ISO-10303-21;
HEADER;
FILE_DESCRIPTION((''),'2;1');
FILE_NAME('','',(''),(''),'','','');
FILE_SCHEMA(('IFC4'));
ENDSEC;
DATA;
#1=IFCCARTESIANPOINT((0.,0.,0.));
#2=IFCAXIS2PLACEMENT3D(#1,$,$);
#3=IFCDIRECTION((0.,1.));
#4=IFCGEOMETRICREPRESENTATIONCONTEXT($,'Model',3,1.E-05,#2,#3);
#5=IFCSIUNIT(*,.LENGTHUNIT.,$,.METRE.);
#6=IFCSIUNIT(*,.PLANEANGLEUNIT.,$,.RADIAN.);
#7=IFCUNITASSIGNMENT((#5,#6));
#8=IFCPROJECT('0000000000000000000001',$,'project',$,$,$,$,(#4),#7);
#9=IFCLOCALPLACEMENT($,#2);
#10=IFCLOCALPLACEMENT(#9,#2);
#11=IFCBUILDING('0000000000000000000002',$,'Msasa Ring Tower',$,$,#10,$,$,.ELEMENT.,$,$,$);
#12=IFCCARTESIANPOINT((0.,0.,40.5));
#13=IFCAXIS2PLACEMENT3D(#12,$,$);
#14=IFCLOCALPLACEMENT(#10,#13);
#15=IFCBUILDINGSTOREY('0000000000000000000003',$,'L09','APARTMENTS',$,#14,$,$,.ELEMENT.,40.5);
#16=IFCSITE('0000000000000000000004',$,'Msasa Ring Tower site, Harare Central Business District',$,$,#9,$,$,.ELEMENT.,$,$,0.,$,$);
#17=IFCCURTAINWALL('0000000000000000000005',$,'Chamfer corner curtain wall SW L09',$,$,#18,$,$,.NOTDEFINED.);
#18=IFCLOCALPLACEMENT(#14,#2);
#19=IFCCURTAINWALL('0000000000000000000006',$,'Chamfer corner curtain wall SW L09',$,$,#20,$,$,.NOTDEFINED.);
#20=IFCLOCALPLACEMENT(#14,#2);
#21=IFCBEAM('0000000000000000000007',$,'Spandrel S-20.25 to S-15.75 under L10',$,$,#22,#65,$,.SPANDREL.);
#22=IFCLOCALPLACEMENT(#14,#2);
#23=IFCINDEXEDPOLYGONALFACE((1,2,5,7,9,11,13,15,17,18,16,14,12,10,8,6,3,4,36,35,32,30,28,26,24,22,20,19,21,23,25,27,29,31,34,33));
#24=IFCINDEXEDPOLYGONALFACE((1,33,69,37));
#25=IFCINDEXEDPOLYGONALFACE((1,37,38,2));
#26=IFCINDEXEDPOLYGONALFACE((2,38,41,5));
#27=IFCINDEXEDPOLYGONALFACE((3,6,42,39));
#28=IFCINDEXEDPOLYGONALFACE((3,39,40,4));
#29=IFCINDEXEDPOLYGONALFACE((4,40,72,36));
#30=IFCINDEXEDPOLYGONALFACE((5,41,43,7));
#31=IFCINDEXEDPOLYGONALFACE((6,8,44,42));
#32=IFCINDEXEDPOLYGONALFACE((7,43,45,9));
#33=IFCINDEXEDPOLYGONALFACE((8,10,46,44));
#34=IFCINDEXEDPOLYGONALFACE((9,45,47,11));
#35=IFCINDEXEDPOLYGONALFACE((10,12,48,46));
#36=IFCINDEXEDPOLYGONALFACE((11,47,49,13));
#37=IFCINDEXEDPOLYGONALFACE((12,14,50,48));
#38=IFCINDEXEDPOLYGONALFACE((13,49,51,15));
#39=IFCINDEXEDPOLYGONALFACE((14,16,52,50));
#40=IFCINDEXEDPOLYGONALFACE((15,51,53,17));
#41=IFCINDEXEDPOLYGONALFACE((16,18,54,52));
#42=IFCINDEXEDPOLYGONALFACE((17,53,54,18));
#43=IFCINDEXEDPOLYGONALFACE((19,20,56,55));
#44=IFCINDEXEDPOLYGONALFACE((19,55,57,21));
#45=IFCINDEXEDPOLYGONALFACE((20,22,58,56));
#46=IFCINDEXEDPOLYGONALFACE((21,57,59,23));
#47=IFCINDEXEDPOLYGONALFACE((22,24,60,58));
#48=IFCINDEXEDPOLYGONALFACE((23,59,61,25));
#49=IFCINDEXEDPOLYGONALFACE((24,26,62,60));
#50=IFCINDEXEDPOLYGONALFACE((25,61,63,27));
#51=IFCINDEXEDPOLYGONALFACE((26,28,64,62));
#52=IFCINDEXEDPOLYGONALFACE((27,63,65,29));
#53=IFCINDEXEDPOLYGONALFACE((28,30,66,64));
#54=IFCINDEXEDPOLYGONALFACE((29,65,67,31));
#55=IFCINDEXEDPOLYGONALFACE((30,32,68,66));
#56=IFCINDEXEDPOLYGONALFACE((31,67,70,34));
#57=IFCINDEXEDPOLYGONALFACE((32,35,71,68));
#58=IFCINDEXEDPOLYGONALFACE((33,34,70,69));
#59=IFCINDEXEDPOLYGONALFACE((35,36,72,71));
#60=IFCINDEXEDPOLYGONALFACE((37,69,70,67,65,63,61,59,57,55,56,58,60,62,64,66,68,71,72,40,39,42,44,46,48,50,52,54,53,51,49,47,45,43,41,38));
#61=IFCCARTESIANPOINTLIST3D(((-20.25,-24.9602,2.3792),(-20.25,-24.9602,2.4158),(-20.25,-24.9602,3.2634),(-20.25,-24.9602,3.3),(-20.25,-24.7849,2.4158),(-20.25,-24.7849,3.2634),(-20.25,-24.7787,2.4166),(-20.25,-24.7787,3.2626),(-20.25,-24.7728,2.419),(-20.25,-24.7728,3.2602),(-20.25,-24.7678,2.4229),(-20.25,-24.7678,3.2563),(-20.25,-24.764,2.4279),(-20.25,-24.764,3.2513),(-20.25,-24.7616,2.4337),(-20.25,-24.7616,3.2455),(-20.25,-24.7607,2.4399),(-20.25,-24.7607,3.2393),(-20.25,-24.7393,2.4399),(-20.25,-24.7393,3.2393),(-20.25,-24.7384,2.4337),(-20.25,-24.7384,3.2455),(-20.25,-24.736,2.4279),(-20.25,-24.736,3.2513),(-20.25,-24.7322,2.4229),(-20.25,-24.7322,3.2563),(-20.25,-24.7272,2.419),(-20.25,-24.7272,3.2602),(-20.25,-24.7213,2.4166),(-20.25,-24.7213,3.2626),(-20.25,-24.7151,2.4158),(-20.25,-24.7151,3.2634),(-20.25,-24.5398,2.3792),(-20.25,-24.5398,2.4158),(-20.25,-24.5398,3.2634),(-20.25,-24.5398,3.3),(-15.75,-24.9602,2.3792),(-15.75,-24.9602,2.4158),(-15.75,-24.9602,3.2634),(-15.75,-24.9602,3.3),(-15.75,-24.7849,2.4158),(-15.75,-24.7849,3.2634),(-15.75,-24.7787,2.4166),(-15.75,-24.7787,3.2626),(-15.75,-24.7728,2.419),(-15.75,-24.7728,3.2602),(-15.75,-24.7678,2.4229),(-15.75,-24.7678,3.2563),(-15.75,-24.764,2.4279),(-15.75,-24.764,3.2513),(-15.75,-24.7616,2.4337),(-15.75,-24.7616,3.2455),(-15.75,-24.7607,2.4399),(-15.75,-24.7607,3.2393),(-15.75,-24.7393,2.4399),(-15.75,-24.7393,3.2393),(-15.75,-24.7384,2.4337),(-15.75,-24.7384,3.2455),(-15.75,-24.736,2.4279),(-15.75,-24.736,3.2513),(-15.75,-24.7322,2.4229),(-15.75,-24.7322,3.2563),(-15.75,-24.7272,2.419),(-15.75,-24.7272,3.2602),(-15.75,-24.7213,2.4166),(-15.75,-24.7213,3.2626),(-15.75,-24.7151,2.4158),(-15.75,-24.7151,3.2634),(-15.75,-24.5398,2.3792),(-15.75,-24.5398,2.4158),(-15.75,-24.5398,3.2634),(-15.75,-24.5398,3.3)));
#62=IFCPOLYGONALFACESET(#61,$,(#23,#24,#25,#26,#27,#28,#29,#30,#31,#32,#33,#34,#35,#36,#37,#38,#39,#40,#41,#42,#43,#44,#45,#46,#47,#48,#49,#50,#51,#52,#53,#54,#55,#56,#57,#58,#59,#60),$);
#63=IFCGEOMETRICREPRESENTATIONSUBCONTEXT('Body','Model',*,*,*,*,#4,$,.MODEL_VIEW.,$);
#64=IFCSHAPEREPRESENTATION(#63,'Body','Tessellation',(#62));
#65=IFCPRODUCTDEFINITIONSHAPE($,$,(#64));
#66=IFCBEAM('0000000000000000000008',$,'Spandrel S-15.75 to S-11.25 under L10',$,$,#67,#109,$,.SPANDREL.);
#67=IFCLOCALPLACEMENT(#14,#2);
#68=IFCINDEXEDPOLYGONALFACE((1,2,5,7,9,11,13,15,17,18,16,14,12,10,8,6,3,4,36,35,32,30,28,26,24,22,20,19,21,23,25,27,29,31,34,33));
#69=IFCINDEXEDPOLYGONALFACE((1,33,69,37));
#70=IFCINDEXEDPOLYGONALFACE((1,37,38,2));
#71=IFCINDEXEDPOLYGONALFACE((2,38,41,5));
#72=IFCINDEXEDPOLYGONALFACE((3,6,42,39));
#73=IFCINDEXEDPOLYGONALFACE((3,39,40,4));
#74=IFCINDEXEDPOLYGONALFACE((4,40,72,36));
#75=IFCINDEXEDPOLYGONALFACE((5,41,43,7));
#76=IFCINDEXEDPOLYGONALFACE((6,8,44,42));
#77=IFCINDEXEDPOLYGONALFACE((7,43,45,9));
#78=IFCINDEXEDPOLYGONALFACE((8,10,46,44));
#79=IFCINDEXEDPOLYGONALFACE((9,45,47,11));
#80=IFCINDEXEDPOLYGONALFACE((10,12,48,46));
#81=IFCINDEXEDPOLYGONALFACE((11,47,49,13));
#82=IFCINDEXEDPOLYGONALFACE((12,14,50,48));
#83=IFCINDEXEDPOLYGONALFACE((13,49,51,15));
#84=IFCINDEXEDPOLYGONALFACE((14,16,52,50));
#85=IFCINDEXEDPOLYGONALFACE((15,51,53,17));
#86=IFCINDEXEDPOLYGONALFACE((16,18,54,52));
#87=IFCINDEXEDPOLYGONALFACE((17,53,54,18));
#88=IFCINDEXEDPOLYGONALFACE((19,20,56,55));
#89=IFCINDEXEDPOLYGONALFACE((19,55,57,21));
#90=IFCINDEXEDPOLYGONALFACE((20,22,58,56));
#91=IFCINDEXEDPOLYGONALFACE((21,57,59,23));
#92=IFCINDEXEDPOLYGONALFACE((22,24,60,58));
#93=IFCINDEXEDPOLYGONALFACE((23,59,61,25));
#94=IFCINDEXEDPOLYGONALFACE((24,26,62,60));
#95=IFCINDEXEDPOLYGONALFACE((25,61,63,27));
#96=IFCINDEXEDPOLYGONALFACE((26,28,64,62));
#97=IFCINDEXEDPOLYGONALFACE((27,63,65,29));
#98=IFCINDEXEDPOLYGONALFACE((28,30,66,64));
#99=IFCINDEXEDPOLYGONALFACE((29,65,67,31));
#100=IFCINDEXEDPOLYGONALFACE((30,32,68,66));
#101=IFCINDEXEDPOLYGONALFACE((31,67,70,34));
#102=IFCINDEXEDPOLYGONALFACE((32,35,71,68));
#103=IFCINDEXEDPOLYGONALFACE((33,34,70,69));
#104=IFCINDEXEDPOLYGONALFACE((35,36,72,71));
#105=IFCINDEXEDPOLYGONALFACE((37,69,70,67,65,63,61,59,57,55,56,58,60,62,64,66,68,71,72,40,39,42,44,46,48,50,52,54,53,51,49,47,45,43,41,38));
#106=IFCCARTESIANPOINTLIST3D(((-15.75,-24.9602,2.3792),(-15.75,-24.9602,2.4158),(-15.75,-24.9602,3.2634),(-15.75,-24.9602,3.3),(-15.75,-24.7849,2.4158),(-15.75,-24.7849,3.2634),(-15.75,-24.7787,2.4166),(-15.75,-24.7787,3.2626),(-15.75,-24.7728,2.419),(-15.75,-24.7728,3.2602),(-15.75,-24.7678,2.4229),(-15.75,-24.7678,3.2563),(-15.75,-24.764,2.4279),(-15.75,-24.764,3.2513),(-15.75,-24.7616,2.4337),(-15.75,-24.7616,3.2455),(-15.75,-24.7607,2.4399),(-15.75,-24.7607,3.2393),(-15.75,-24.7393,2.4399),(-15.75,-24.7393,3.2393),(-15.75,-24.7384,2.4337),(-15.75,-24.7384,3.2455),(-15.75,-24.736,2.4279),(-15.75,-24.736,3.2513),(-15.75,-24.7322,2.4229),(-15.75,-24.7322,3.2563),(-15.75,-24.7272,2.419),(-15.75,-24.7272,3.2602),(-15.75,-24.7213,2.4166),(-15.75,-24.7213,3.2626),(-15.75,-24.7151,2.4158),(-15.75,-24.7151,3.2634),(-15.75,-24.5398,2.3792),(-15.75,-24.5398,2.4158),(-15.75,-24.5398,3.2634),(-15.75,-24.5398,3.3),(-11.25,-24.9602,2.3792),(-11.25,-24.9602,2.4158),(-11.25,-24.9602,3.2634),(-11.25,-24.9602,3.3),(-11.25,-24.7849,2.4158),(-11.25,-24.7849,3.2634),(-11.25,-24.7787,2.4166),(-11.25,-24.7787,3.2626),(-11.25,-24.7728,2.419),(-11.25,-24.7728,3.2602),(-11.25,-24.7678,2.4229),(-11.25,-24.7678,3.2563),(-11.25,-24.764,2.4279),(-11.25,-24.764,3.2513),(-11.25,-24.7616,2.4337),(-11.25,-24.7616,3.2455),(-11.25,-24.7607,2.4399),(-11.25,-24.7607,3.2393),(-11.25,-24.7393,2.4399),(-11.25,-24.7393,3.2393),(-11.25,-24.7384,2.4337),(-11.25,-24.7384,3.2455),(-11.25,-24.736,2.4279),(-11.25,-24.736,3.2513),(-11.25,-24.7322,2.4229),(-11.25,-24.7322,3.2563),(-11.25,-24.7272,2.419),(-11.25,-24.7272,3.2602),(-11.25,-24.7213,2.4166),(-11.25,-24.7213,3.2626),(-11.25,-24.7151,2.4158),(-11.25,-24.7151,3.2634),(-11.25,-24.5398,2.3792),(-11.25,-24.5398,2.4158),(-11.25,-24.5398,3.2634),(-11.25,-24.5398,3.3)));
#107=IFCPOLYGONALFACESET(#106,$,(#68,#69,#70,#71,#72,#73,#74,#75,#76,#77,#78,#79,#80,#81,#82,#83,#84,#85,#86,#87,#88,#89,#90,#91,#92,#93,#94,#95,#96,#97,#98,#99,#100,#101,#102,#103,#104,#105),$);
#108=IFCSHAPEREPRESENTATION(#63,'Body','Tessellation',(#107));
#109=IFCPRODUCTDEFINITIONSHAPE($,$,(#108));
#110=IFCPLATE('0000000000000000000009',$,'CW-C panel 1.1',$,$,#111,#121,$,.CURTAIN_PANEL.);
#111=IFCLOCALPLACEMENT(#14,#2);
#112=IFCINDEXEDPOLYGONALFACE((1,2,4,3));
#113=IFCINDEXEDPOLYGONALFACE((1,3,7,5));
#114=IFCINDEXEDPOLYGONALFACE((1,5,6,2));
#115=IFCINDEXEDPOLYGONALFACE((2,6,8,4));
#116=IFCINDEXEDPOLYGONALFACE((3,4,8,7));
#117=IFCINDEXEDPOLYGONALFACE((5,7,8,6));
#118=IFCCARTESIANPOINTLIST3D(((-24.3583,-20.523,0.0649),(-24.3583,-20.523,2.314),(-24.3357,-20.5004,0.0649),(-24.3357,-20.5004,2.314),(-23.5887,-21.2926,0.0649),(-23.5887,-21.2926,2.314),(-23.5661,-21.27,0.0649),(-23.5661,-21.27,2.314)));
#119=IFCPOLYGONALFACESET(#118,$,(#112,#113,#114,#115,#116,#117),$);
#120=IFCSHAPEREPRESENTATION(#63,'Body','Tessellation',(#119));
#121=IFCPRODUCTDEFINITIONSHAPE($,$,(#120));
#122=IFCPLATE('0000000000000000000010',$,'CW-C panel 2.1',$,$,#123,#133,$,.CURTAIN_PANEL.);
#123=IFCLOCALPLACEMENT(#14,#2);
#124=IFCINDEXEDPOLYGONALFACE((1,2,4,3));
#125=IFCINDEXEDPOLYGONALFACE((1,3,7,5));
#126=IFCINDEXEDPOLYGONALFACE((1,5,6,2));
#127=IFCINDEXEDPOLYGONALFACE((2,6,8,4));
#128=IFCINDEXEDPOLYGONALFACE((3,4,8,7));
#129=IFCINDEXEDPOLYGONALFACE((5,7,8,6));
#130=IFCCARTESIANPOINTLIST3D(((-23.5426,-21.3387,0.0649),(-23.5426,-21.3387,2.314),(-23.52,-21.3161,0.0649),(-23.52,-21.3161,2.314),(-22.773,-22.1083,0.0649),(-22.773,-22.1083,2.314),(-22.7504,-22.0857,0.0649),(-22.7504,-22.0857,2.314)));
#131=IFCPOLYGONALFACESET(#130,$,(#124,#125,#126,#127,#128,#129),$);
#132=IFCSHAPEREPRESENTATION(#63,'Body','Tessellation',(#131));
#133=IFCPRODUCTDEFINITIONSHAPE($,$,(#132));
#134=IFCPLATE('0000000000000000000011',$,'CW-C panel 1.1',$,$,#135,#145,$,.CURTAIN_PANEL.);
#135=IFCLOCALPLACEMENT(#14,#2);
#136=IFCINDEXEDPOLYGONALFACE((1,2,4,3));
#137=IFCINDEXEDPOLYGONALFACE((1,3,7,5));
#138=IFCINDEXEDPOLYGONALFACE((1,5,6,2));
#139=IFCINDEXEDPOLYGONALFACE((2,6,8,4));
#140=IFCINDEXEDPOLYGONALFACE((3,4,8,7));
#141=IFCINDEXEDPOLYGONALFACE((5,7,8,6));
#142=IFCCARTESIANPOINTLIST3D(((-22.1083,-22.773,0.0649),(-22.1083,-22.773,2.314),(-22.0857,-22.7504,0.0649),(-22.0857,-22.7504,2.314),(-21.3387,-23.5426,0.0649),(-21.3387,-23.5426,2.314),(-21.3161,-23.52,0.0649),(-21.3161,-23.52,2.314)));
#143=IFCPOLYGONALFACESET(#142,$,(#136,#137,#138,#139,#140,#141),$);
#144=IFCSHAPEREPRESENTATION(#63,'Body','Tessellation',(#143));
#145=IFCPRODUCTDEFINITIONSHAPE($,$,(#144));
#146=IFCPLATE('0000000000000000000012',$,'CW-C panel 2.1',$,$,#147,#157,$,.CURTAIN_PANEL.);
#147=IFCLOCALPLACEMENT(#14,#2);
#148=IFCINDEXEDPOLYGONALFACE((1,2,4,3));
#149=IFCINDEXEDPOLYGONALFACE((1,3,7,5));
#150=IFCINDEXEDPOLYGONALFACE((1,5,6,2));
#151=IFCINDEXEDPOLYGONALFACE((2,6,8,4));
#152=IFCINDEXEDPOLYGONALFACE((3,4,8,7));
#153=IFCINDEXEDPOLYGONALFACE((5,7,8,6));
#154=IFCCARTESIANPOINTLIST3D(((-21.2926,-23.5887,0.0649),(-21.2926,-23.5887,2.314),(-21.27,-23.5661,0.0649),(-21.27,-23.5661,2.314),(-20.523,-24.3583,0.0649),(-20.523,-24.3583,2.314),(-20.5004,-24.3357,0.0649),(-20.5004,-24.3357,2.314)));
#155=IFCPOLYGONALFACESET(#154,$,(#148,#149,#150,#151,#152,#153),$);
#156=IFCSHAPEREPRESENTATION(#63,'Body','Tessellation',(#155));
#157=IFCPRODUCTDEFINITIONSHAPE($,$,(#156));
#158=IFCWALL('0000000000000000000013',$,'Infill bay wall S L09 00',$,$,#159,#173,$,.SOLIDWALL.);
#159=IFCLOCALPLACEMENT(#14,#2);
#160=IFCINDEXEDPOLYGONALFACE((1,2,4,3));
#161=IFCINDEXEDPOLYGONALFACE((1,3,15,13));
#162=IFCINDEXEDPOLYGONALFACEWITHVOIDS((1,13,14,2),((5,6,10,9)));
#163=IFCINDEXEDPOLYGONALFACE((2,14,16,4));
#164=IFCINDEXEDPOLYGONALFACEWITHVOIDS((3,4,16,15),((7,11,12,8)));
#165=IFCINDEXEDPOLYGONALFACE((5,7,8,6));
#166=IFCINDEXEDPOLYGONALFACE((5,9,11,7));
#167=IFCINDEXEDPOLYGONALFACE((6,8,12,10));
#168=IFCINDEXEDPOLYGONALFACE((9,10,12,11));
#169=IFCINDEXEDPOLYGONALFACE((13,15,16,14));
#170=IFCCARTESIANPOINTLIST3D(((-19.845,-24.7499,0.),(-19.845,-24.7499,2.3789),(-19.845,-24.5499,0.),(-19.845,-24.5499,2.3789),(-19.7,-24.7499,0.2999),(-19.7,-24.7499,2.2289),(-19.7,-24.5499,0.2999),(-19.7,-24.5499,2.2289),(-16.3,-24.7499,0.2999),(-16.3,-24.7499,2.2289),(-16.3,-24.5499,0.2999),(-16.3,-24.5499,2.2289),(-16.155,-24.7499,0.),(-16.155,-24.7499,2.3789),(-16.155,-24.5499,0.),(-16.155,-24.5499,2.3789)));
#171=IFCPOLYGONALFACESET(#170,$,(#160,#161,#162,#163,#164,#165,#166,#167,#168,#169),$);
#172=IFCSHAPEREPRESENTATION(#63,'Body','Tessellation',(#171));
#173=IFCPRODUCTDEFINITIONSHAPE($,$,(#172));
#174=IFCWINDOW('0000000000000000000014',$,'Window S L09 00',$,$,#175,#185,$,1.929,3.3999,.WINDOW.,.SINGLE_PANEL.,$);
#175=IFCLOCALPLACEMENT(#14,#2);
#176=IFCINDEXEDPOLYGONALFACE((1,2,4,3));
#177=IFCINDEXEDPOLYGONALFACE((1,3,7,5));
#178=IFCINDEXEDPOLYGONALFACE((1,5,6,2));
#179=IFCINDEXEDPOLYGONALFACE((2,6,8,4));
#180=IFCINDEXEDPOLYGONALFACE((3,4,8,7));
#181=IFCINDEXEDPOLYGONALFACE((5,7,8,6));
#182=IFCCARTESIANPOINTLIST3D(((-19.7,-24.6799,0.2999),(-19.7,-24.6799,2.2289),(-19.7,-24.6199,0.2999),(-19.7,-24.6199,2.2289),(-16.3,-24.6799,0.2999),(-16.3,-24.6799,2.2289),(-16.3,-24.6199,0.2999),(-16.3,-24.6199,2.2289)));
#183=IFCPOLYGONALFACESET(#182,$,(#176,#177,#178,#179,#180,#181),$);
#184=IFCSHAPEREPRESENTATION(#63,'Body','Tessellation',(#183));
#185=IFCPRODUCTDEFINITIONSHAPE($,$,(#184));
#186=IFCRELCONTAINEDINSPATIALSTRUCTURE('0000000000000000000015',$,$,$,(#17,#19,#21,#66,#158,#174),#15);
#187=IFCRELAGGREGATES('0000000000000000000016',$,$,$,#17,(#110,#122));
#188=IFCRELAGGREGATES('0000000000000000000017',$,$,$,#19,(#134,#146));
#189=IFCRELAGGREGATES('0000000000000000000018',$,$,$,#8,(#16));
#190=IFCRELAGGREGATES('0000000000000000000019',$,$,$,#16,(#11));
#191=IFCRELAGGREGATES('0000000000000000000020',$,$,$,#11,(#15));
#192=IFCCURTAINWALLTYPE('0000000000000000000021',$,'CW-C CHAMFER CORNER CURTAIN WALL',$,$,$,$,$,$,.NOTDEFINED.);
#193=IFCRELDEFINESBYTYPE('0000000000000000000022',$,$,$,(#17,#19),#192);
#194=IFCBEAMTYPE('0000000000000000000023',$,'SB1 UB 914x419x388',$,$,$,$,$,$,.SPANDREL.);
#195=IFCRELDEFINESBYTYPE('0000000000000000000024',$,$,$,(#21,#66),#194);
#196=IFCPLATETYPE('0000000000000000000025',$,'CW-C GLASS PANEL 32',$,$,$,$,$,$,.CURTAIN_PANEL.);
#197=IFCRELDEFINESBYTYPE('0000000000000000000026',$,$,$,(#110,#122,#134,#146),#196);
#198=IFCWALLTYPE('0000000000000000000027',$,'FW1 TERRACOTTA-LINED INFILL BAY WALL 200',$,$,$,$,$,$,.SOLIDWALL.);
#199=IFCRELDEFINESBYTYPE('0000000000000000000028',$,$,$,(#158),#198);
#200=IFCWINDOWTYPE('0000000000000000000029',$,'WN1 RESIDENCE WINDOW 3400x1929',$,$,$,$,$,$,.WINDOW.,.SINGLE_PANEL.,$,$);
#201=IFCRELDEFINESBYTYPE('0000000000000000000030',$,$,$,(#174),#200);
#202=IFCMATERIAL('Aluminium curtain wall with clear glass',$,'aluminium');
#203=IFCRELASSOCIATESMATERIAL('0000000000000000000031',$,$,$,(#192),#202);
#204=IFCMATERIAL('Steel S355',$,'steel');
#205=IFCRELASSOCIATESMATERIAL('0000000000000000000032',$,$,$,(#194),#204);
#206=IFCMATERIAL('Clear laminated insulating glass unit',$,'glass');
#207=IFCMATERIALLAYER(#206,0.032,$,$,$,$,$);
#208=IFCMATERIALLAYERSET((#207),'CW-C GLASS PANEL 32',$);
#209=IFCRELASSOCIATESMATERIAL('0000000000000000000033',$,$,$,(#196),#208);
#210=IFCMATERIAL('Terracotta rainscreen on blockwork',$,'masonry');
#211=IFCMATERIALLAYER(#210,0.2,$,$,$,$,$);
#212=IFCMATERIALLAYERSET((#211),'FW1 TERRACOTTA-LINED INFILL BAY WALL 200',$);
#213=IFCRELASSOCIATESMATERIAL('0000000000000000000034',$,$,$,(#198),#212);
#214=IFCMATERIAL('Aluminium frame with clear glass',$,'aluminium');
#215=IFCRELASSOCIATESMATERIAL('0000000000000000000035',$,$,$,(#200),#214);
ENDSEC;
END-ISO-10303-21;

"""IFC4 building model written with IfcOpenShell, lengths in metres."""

from ifc_helpers import new_model, si_unit, direction, frame, frame_2d, origin, origin_2d, place, context, subcontext, project, spatial, rectangle, i_section, extrude, material, layer, layer_set, material_profile, profile_set, type_object, element, fill, aggregate, save


model = new_model("IFC4")

# Units and contexts
model_context = context("Model", 3, precision=1e-05, world=origin(), true_north=direction((0.0, 1.0)))
body_context = subcontext(model_context, "Body", "Model", "MODEL_VIEW")
ifc_project = project(units=[si_unit("LENGTHUNIT", "METRE"), si_unit("PLANEANGLEUNIT", "RADIAN")], contexts=[model_context])

# Site, building, storey
site_placement = place(None, origin())
site = spatial("IfcSite", under=ifc_project, at=site_placement, Name="Msasa Ring Tower site, Harare Central Business District", CompositionType="ELEMENT", RefElevation=0.0)
building_placement = place(site_placement, origin())
building = spatial("IfcBuilding", under=site, at=building_placement, Name="Msasa Ring Tower", CompositionType="ELEMENT")
storey_placement = place(building_placement, frame((0.0, 0.0, 40.5)))
storey = spatial("IfcBuildingStorey", under=building, at=storey_placement, Name="L09", Description="APARTMENTS", CompositionType="ELEMENT", Elevation=40.5)

# Curtain walls
ifc_material_1 = material(Name="Aluminium curtain wall with clear glass", Category="aluminium")
curtain_wall_type = type_object("IfcCurtainWallType", Name="CW-C CHAMFER CORNER CURTAIN WALL", PredefinedType="NOTDEFINED", material=ifc_material_1)
curtain_wall_1_placement = place(storey_placement, origin())
curtain_wall_1 = element("IfcCurtainWall", 1, at=curtain_wall_1_placement, inside=storey, type_object=curtain_wall_type, Name="Chamfer corner curtain wall SW L09", PredefinedType="NOTDEFINED")
curtain_wall_2_placement = place(storey_placement, origin())
curtain_wall_2 = element("IfcCurtainWall", 2, at=curtain_wall_2_placement, inside=storey, type_object=curtain_wall_type, Name="Chamfer corner curtain wall SW L09", PredefinedType="NOTDEFINED")

# Beams
ifc_material_2 = material(Name="Steel S355", Category="steel")
ifc_material_profile_1 = material_profile(ifc_material_2, i_section(OverallWidth=0.4204, OverallDepth=0.9209, WebThickness=0.0215, FlangeThickness=0.0366, FilletRadius=0.0242, at=origin_2d()), Name="UB 914x419x388")
ifc_profile_set_1 = profile_set([ifc_material_profile_1], Name="Steel S355")
beam_type_1 = type_object("IfcBeamType", Name="SB1 UB 914x419x388", PredefinedType="SPANDREL", material=ifc_profile_set_1)
for number, where, z_axis, x_axis, name in (
    (3, (-20.25, -24.75, 2.8396), (1.0, 0.0, 0.0), (0.0, 1.0, 0.0), "Spandrel S-20.25 to S-15.75 under L10"),
    (4, (-15.75, -24.75, 2.8396), (1.0, 0.0, 0.0), (0.0, 1.0, 0.0), "Spandrel S-15.75 to S-11.25 under L10"),
):
    element("IfcBeam", number, at=place(storey_placement, frame(where, z_axis=z_axis, x_axis=x_axis)), inside=storey, type_object=beam_type_1, Name=name, PredefinedType="SPANDREL", context=body_context, shape_type="SweptSolid", body=[
        extrude(i_section(OverallWidth=0.4204, OverallDepth=0.9209, WebThickness=0.0215, FlangeThickness=0.0366, FilletRadius=0.0242, at=origin_2d()), origin(), (0.0, 0.0, 1.0), 4.5),
    ])

# Plates
ifc_material_3 = material(Name="Clear laminated insulating glass unit", Category="glass")
ifc_layer_1 = layer(ifc_material_3, 0.032)
ifc_layer_set_1 = layer_set([ifc_layer_1], Name="CW-C GLASS PANEL 32")
plate_type = type_object("IfcPlateType", Name="CW-C GLASS PANEL 32", PredefinedType="CURTAIN_PANEL", material=ifc_layer_set_1)
plate_1_placement = place(storey_placement, frame((-23.9622, -20.8965, 0.0649), z_axis=(0.0, 0.0, 1.0), x_axis=(0.707107, -0.707107, 0.0)))
plate_1 = element("IfcPlate", 5, at=plate_1_placement, type_object=plate_type, Name="CW-C panel 1.1", PredefinedType="CURTAIN_PANEL", context=body_context, shape_type="SweptSolid", body=[
    extrude(rectangle(XDim=1.0884, YDim=0.032, at=origin_2d()), origin(), (0.0, 0.0, 1.0), 2.249),
])
plate_2_placement = place(storey_placement, frame((-23.1465, -21.7122, 0.0649), z_axis=(0.0, 0.0, 1.0), x_axis=(0.707107, -0.707107, 0.0)))
plate_2 = element("IfcPlate", 6, at=plate_2_placement, type_object=plate_type, Name="CW-C panel 2.1", PredefinedType="CURTAIN_PANEL", context=body_context, shape_type="SweptSolid", body=[
    extrude(rectangle(XDim=1.0884, YDim=0.032, at=origin_2d()), origin(), (0.0, 0.0, 1.0), 2.249),
])
aggregate(curtain_wall_1, [plate_1, plate_2])
plate_3_placement = place(storey_placement, frame((-21.7122, -23.1465, 0.0649), z_axis=(0.0, 0.0, 1.0), x_axis=(0.707107, -0.707107, 0.0)))
plate_3 = element("IfcPlate", 7, at=plate_3_placement, type_object=plate_type, Name="CW-C panel 1.1", PredefinedType="CURTAIN_PANEL", context=body_context, shape_type="SweptSolid", body=[
    extrude(rectangle(XDim=1.0884, YDim=0.032, at=origin_2d()), origin(), (0.0, 0.0, 1.0), 2.249),
])
plate_4_placement = place(storey_placement, frame((-20.8965, -23.9622, 0.0649), z_axis=(0.0, 0.0, 1.0), x_axis=(0.707107, -0.707107, 0.0)))
plate_4 = element("IfcPlate", 8, at=plate_4_placement, type_object=plate_type, Name="CW-C panel 2.1", PredefinedType="CURTAIN_PANEL", context=body_context, shape_type="SweptSolid", body=[
    extrude(rectangle(XDim=1.0884, YDim=0.032, at=origin_2d()), origin(), (0.0, 0.0, 1.0), 2.249),
])
aggregate(curtain_wall_2, [plate_3, plate_4])

# Wall, opening, window
ifc_material_4 = material(Name="Terracotta rainscreen on blockwork", Category="masonry")
ifc_layer_2 = layer(ifc_material_4, 0.2)
ifc_layer_set_2 = layer_set([ifc_layer_2], Name="FW1 TERRACOTTA-LINED INFILL BAY WALL 200")
wall_type_1 = type_object("IfcWallType", Name="FW1 TERRACOTTA-LINED INFILL BAY WALL 200", PredefinedType="SOLIDWALL", material=ifc_layer_set_2)
wall_1_placement = place(storey_placement, frame((-19.845, -24.6499, 0.0), z_axis=(0.0, 0.0, 1.0), x_axis=(1.0, 0.0, 0.0)))
wall_1 = element("IfcWall", 9, at=wall_1_placement, inside=storey, type_object=wall_type_1, Name="Infill bay wall S L09 00", PredefinedType="SOLIDWALL", context=body_context, shape_type="SweptSolid", body=[
    extrude(rectangle(XDim=3.6899, YDim=0.2, at=frame_2d((1.845, 0.0))), origin(), (0.0, 0.0, 1.0), 2.3789),
])
opening_1_placement = place(wall_1_placement, frame((0.145, 0.0, 0.3)))
opening_1 = element("IfcOpeningElement", 10, at=opening_1_placement, cuts=wall_1, PredefinedType="OPENING", context=body_context, shape_type="SweptSolid", body=[
    extrude(rectangle(XDim=3.3999, YDim=1.929, at=frame_2d((1.7, 0.9644))), frame((0.0, 0.1099, 0.0), z_axis=(0.0, -1.0, 0.0), x_axis=(1.0, 0.0, 0.0)), (0.0, 0.0, 1.0), 0.22),
])
ifc_material_5 = material(Name="Aluminium frame with clear glass", Category="aluminium")
window_type = type_object("IfcWindowType", Name="WN1 RESIDENCE WINDOW 3400x1929", PartitioningType="SINGLE_PANEL", PredefinedType="WINDOW", material=ifc_material_5)
window_1_placement = place(opening_1_placement, origin())
window_1 = element("IfcWindow", 11, at=window_1_placement, inside=storey, type_object=window_type, Name="Window S L09 00", OverallHeight=1.929, OverallWidth=3.3999, PartitioningType="SINGLE_PANEL", PredefinedType="WINDOW", context=body_context, shape_type="SweptSolid", body=[
    extrude(rectangle(XDim=3.3999, YDim=1.929, at=frame_2d((1.7, 0.9644))), frame((0.0, 0.03, 0.0), z_axis=(0.0, -1.0, 0.0), x_axis=(1.0, 0.0, 0.0)), (0.0, 0.0, 1.0), 0.0601),
])
fill(opening_1, window_1)

save(model, "model.ifc")
